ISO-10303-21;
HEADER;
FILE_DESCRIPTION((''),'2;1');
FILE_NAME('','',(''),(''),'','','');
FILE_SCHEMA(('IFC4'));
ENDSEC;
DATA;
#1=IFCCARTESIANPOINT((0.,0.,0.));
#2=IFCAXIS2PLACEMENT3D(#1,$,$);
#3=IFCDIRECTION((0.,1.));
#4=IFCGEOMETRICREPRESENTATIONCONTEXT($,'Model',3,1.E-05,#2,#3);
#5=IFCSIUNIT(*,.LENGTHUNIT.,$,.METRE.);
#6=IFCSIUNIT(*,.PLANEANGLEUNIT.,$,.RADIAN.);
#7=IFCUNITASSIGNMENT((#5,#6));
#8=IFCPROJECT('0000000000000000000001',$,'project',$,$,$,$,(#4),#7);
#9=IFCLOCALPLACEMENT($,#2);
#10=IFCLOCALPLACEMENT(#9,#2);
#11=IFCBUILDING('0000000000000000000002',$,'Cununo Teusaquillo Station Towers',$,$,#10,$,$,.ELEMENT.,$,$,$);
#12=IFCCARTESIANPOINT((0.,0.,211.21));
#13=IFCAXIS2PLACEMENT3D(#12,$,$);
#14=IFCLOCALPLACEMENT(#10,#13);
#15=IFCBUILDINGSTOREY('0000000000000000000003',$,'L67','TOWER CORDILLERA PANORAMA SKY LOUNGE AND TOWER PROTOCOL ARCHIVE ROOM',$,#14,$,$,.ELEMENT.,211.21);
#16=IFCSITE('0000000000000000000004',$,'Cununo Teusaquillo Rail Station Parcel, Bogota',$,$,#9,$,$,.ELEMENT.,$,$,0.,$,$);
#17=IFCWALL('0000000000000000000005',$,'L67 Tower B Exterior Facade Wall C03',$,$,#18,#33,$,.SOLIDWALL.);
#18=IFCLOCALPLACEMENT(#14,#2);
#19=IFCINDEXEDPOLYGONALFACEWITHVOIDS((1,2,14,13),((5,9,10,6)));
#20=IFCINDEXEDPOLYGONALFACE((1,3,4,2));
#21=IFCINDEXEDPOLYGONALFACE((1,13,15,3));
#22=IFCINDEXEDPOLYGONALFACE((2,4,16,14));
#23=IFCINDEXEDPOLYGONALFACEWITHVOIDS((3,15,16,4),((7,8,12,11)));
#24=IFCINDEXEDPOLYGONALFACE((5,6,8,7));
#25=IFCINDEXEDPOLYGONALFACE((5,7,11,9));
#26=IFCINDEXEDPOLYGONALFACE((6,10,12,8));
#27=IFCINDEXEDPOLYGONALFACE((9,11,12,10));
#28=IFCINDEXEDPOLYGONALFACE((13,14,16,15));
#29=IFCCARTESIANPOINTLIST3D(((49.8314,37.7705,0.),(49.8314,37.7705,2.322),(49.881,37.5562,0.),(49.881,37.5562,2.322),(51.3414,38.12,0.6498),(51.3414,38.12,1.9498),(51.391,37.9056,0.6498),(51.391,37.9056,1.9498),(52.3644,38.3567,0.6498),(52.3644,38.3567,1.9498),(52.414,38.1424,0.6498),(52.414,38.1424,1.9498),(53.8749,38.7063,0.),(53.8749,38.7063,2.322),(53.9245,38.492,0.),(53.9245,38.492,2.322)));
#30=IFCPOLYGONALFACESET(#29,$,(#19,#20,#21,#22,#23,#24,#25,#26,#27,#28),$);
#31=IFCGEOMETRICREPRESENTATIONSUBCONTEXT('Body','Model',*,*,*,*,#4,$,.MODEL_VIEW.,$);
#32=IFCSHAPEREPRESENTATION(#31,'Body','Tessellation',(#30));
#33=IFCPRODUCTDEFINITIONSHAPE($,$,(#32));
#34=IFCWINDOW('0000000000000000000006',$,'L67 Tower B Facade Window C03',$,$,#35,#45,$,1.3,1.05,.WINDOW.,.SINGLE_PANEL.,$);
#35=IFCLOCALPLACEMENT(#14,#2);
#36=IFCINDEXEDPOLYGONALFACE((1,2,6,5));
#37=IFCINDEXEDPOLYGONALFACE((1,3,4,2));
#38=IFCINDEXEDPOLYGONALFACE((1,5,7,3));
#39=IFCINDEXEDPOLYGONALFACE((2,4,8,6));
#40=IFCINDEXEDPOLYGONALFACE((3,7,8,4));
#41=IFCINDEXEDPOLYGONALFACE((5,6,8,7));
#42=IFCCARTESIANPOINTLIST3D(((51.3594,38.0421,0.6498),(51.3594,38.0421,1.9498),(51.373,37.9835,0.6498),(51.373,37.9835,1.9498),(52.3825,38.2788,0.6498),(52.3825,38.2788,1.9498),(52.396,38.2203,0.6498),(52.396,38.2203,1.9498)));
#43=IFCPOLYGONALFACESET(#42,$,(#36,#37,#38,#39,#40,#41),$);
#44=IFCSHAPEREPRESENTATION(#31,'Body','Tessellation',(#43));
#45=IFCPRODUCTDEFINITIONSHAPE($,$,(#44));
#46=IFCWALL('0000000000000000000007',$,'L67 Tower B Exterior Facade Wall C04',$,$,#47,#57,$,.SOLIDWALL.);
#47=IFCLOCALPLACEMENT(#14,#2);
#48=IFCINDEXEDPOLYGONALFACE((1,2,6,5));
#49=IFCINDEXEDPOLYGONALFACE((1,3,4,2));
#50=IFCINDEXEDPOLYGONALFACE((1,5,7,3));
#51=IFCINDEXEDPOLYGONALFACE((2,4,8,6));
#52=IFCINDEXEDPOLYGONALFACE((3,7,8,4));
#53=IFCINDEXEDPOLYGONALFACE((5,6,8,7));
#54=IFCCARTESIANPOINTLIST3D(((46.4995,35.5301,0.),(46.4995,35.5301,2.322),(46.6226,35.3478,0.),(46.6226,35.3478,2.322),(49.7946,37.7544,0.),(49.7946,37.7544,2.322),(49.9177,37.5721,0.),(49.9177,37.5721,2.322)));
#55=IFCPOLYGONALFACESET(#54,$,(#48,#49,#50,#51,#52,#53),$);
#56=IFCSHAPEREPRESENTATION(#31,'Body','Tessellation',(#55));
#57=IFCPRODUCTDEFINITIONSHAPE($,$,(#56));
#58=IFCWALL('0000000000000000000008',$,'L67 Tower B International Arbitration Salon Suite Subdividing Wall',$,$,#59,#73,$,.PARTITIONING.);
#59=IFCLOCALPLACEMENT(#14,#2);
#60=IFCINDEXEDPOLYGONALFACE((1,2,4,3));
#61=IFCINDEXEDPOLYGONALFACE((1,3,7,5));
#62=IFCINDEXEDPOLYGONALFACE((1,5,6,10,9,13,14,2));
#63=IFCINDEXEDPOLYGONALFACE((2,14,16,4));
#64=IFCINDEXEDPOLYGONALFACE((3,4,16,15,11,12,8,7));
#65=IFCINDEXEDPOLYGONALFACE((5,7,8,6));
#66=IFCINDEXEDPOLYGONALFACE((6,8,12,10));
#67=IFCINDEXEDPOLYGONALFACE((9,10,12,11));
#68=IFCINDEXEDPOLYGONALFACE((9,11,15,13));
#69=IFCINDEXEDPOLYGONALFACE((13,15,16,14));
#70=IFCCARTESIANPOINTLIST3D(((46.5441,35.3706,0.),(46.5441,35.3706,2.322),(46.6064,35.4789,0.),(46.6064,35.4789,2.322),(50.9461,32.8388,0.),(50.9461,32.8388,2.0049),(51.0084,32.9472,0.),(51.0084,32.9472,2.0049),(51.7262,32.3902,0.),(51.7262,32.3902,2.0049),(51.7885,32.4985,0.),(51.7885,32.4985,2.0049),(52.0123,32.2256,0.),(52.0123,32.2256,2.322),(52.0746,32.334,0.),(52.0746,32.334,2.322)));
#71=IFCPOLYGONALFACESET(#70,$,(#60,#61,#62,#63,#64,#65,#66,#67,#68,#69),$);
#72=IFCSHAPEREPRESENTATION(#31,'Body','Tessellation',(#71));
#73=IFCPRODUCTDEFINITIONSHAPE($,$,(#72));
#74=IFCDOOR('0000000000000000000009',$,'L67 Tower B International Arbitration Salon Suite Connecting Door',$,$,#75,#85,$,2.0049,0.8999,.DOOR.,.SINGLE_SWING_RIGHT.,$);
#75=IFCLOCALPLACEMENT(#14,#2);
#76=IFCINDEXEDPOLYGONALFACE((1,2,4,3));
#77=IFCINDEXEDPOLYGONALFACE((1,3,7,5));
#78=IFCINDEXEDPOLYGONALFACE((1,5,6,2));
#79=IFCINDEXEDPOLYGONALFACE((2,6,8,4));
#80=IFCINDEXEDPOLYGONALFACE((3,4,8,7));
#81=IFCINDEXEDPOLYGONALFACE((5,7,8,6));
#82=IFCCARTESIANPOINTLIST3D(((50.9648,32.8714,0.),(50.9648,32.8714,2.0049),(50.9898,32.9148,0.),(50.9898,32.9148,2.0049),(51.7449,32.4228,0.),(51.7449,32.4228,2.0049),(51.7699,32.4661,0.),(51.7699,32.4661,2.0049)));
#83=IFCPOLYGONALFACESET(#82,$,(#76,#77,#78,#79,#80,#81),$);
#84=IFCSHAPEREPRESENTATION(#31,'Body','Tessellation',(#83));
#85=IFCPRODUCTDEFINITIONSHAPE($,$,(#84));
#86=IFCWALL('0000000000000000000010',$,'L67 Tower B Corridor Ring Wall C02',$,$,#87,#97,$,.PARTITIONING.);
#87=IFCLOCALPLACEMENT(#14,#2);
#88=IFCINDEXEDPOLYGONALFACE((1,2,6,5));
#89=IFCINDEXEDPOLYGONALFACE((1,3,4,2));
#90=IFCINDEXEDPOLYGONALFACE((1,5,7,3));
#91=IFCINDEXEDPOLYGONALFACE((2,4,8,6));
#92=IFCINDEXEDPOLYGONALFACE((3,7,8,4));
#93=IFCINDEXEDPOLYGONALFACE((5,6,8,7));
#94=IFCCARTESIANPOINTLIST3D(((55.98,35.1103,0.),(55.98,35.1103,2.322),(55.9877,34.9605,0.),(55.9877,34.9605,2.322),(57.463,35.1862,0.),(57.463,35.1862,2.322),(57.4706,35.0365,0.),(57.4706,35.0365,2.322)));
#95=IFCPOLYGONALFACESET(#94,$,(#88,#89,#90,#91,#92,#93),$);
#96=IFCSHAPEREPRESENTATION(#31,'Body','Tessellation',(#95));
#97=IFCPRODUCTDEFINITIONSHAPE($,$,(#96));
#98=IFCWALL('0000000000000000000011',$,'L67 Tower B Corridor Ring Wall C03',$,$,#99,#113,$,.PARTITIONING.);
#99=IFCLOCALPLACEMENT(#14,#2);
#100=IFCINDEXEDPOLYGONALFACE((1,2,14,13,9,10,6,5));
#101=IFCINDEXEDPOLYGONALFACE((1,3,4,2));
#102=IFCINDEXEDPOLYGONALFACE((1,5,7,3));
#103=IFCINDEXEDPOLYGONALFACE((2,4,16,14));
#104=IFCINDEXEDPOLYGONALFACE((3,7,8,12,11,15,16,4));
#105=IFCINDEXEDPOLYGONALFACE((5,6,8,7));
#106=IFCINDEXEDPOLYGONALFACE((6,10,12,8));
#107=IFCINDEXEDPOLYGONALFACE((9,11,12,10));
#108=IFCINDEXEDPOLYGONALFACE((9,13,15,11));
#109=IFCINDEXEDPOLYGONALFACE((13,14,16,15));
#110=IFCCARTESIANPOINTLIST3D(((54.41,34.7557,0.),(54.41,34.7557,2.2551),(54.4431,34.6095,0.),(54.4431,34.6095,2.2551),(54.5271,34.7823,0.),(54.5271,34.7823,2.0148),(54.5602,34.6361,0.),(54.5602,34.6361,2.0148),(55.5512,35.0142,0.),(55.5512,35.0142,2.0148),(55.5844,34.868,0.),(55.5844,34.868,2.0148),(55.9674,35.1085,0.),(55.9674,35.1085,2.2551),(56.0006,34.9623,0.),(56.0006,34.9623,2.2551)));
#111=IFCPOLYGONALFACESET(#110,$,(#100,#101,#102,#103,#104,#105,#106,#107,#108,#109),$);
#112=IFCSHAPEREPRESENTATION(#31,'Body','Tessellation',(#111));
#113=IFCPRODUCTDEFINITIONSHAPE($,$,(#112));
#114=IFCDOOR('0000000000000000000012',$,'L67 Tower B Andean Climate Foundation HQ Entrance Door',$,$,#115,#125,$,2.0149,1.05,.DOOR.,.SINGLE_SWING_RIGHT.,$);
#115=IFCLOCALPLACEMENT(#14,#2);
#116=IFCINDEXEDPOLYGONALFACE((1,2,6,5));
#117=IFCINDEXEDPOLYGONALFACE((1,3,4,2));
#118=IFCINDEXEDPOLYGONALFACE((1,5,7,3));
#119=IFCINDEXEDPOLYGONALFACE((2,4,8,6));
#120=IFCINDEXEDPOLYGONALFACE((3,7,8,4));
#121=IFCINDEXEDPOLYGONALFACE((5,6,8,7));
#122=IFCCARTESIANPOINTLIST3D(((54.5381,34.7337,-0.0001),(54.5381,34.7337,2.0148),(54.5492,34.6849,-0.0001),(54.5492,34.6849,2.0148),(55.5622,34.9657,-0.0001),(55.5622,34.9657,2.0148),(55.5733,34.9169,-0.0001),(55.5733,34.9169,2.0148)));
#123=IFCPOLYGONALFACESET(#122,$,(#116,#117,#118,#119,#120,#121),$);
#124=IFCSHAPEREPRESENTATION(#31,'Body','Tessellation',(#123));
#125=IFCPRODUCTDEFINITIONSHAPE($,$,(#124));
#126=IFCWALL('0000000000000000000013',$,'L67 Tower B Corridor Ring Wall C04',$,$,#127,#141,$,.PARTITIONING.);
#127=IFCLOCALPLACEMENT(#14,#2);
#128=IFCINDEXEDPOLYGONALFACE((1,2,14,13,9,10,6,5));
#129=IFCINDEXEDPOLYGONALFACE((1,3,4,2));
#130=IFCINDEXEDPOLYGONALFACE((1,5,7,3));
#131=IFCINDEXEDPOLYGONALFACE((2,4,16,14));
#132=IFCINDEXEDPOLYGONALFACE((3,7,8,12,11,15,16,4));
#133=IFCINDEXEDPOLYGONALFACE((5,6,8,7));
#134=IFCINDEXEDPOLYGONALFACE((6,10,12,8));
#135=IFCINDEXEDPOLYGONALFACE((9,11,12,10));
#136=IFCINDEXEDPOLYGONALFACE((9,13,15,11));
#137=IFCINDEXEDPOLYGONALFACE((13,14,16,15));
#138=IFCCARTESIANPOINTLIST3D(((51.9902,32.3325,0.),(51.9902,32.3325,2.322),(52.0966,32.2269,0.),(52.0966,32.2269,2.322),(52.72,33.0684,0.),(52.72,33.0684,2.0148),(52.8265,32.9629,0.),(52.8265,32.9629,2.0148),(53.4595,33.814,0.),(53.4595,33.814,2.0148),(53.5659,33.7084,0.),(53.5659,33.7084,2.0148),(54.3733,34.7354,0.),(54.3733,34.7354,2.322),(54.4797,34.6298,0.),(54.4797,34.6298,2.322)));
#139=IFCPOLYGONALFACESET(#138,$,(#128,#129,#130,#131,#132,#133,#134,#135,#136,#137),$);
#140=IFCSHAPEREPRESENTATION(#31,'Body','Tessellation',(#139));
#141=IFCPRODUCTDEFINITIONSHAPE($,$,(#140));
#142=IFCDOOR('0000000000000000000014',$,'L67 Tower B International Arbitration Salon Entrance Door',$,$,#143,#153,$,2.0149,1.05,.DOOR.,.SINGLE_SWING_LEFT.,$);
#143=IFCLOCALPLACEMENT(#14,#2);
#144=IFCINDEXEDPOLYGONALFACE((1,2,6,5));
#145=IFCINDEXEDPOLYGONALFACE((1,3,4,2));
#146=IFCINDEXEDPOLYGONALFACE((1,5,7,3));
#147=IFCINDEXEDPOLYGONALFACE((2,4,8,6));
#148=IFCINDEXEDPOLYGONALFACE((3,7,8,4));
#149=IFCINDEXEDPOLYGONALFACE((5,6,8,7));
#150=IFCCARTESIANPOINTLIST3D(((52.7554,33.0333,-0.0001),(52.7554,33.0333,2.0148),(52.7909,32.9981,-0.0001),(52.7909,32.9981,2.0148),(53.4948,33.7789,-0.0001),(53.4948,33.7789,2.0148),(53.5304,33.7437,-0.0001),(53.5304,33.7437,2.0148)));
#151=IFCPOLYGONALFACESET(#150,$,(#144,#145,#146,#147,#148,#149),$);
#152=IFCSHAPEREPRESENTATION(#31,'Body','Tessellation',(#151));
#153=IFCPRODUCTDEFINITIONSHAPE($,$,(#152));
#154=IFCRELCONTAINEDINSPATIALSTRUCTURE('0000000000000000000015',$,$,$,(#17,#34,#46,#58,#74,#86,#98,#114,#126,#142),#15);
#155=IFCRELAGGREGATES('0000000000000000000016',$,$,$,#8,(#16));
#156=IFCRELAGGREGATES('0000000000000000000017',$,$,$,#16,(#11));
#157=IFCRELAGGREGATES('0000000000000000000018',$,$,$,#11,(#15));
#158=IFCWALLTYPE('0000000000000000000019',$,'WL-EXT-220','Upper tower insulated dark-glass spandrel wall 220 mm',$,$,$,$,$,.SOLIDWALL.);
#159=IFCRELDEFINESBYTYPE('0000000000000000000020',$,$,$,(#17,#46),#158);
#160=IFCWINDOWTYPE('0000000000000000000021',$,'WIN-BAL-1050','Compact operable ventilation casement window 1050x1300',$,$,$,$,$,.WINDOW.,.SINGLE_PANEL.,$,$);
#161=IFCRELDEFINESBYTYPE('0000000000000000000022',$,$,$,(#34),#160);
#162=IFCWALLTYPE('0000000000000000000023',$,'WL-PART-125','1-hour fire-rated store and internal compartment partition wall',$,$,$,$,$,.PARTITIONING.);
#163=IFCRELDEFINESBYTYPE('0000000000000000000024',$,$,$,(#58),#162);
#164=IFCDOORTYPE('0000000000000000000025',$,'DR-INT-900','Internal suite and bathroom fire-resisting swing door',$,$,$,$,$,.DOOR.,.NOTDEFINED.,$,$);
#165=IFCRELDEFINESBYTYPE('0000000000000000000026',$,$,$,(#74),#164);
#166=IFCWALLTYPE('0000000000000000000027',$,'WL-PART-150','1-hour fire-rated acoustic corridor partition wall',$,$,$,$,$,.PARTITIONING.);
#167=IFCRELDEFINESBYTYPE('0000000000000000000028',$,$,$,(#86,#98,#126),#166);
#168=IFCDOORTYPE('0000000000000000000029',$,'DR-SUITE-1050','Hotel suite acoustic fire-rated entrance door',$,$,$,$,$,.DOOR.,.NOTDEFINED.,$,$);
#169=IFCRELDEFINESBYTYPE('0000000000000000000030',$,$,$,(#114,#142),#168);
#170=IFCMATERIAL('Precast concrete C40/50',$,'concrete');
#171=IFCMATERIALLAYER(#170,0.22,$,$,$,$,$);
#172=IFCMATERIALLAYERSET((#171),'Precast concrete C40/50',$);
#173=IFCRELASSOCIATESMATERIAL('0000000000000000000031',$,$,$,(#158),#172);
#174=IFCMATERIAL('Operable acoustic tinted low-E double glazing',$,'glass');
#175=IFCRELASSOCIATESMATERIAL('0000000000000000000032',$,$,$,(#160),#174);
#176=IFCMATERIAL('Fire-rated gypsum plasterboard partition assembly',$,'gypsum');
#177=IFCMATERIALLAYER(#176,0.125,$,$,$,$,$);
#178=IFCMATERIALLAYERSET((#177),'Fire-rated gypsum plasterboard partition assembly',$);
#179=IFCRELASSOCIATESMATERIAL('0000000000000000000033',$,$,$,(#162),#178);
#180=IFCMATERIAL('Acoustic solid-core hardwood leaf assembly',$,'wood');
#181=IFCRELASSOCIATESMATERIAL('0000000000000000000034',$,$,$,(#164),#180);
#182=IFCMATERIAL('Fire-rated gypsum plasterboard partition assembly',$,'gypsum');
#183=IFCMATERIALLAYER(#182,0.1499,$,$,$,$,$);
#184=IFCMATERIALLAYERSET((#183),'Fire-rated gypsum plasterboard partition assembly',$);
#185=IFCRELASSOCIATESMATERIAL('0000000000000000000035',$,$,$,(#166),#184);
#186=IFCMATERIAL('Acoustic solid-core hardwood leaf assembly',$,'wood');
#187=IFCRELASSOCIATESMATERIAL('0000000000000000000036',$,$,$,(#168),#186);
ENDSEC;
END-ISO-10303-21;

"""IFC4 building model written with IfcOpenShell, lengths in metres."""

from ifc_helpers import new_model, si_unit, direction, frame, frame_2d, origin, place, context, subcontext, project, spatial, rectangle, extrude, source, transform, mapped, material, layer, layer_set, type_object, element, fill, save


model = new_model("IFC4")

# Units and contexts
model_context = context("Model", 3, precision=1e-05, world=origin(), true_north=direction((0.0, 1.0)))
body_context = subcontext(model_context, "Body", "Model", "MODEL_VIEW")
ifc_project = project(units=[si_unit("LENGTHUNIT", "METRE"), si_unit("PLANEANGLEUNIT", "RADIAN")], contexts=[model_context])

# Site, building, storey
site_placement = place(None, origin())
site = spatial("IfcSite", under=ifc_project, at=site_placement, Name="Cununo Teusaquillo Rail Station Parcel, Bogota", CompositionType="ELEMENT", RefElevation=0.0)
building_placement = place(site_placement, origin())
building = spatial("IfcBuilding", under=site, at=building_placement, Name="Cununo Teusaquillo Station Towers", CompositionType="ELEMENT")
storey_placement = place(building_placement, frame((0.0, 0.0, 211.21)))
storey = spatial("IfcBuildingStorey", under=building, at=storey_placement, Name="L67", Description="TOWER CORDILLERA PANORAMA SKY LOUNGE AND TOWER PROTOCOL ARCHIVE ROOM", CompositionType="ELEMENT", Elevation=211.21)

# Wall, opening, window
ifc_material_1 = material(Name="Precast concrete C40/50", Category="concrete")
ifc_layer_1 = layer(ifc_material_1, 0.22)
ifc_layer_set_1 = layer_set([ifc_layer_1], Name="Precast concrete C40/50")
wall_type_1 = type_object("IfcWallType", Name="WL-EXT-220", Description="Upper tower insulated dark-glass spandrel wall 220 mm", PredefinedType="SOLIDWALL", material=ifc_layer_set_1)
shared_shape_1 = source(origin(), body_context, "Body", "SweptSolid", [
    extrude(rectangle(XDim=1.05, YDim=1.3, at=frame_2d((0.5249, 0.6499))), frame((0.0, 0.1199, 0.0), z_axis=(0.0, -1.0, 0.0), x_axis=(1.0, 0.0, 0.0)), (0.0, 0.0, 1.0), 0.24),
])
ifc_material_2 = material(Name="Operable acoustic tinted low-E double glazing", Category="glass")
window_type = type_object("IfcWindowType", Name="WIN-BAL-1050", Description="Compact operable ventilation casement window 1050x1300", PartitioningType="SINGLE_PANEL", PredefinedType="WINDOW", material=ifc_material_2)
shared_shape_2 = source(origin(), body_context, "Body", "SweptSolid", [
    extrude(rectangle(XDim=1.05, YDim=1.3, at=frame_2d((0.5249, 0.6499))), frame((0.0, 0.03, 0.0), z_axis=(0.0, -1.0, 0.0), x_axis=(1.0, 0.0, 0.0)), (0.0, 0.0, 1.0), 0.0601),
])
wall_1_placement = place(storey_placement, frame((49.8562, 37.6633, 0.0), z_axis=(0.0, 0.0, 1.0), x_axis=(0.974249, 0.225474, 0.0)))
wall_1 = element("IfcWall", 1, at=wall_1_placement, inside=storey, type_object=wall_type_1, Name="L67 Tower B Exterior Facade Wall C03", PredefinedType="SOLIDWALL", context=body_context, shape_type="SweptSolid", body=[
    extrude(rectangle(XDim=4.1504, YDim=0.22, at=frame_2d((2.0752, 0.0))), origin(), (0.0, 0.0, 1.0), 2.322),
])
opening_1_placement = place(wall_1_placement, frame((1.55, 0.0, 0.6499)))
opening_1 = element("IfcOpeningElement", 2, at=opening_1_placement, cuts=wall_1, PredefinedType="OPENING", context=body_context, shape_type="MappedRepresentation", body=[
    mapped(shared_shape_1, transform((0.0, 0.0, 0.0), x_axis=(1.0, 0.0, 0.0), y_axis=(0.0, 1.0, 0.0), z_axis=(0.0, 0.0, 1.0), scale=1.0)),
])
window_1_placement = place(opening_1_placement, origin())
window_1 = element("IfcWindow", 3, at=window_1_placement, inside=storey, type_object=window_type, Name="L67 Tower B Facade Window C03", OverallHeight=1.3, OverallWidth=1.05, PartitioningType="SINGLE_PANEL", PredefinedType="WINDOW", context=body_context, shape_type="MappedRepresentation", body=[
    mapped(shared_shape_2, transform((0.0, 0.0, 0.0), x_axis=(1.0, 0.0, 0.0), y_axis=(0.0, 1.0, 0.0), z_axis=(0.0, 0.0, 1.0), scale=1.0)),
])
fill(opening_1, window_1)

# Wall
wall_2_placement = place(storey_placement, frame((46.561, 35.439, 0.0), z_axis=(0.0, 0.0, 1.0), x_axis=(0.828834, 0.559495, 0.0)))
element("IfcWall", 4, at=wall_2_placement, inside=storey, type_object=wall_type_1, Name="L67 Tower B Exterior Facade Wall C04", PredefinedType="SOLIDWALL", context=body_context, shape_type="SweptSolid", body=[
    extrude(rectangle(XDim=3.9756, YDim=0.22, at=frame_2d((1.9878, 0.0))), origin(), (0.0, 0.0, 1.0), 2.322),
])

# Wall, opening, door
ifc_material_3 = material(Name="Fire-rated gypsum plasterboard partition assembly", Category="gypsum")
ifc_layer_2 = layer(ifc_material_3, 0.125)
ifc_layer_set_2 = layer_set([ifc_layer_2], Name="Fire-rated gypsum plasterboard partition assembly")
wall_type_2 = type_object("IfcWallType", Name="WL-PART-125", Description="1-hour fire-rated store and internal compartment partition wall", PredefinedType="PARTITIONING", material=ifc_layer_set_2)
wall_3_placement = place(storey_placement, frame((52.0435, 32.2798, 0.0), z_axis=(0.0, 0.0, 1.0), x_axis=(-0.866854, 0.498563, 0.0)))
wall_3 = element("IfcWall", 5, at=wall_3_placement, inside=storey, type_object=wall_type_2, Name="L67 Tower B International Arbitration Salon Suite Subdividing Wall", PredefinedType="PARTITIONING", context=body_context, shape_type="SweptSolid", body=[
    extrude(rectangle(XDim=6.3081, YDim=0.125, at=frame_2d((3.1541, 0.0))), origin(), (0.0, 0.0, 1.0), 2.322),
])
shared_shape_3 = source(origin(), body_context, "Body", "SweptSolid", [
    extrude(rectangle(XDim=0.8999, YDim=2.0049, at=frame_2d((0.45, 1.0024))), frame((0.0, 0.0725, 0.0), z_axis=(0.0, -1.0, 0.0), x_axis=(1.0, 0.0, 0.0)), (0.0, 0.0, 1.0), 0.145),
])
opening_2_placement = place(wall_3_placement, frame((0.3301, 0.0, 0.0)))
opening_2 = element("IfcOpeningElement", 6, at=opening_2_placement, cuts=wall_3, PredefinedType="OPENING", context=body_context, shape_type="MappedRepresentation", body=[
    mapped(shared_shape_3, transform((0.0, 0.0, 0.0), x_axis=(1.0, 0.0, 0.0), y_axis=(0.0, 1.0, 0.0), z_axis=(0.0, 0.0, 1.0), scale=1.0)),
])
ifc_material_4 = material(Name="Acoustic solid-core hardwood leaf assembly", Category="wood")
door_type_1 = type_object("IfcDoorType", Name="DR-INT-900", Description="Internal suite and bathroom fire-resisting swing door", OperationType="NOTDEFINED", PredefinedType="DOOR", material=ifc_material_4)
shared_shape_4 = source(origin(), body_context, "Body", "SweptSolid", [
    extrude(rectangle(XDim=0.8999, YDim=2.0049, at=frame_2d((0.45, 1.0024))), frame((0.0, 0.0249, 0.0), z_axis=(0.0, -1.0, 0.0), x_axis=(1.0, 0.0, 0.0)), (0.0, 0.0, 1.0), 0.05),
])
door_1_placement = place(opening_2_placement, origin())
door_1 = element("IfcDoor", 7, at=door_1_placement, inside=storey, type_object=door_type_1, Name="L67 Tower B International Arbitration Salon Suite Connecting Door", OperationType="SINGLE_SWING_RIGHT", OverallHeight=2.0049, OverallWidth=0.8999, PredefinedType="DOOR", context=body_context, shape_type="MappedRepresentation", body=[
    mapped(shared_shape_4, transform((0.0, 0.0, 0.0), x_axis=(1.0, 0.0, 0.0), y_axis=(0.0, 1.0, 0.0), z_axis=(0.0, 0.0, 1.0), scale=1.0)),
])
fill(opening_2, door_1)

# Wall
ifc_material_5 = material(Name="Fire-rated gypsum plasterboard partition assembly", Category="gypsum")
ifc_layer_3 = layer(ifc_material_5, 0.1499)
ifc_layer_set_3 = layer_set([ifc_layer_3], Name="Fire-rated gypsum plasterboard partition assembly")
wall_type_3 = type_object("IfcWallType", Name="WL-PART-150", Description="1-hour fire-rated acoustic corridor partition wall", PredefinedType="PARTITIONING", material=ifc_layer_set_3)
wall_4_placement = place(storey_placement, frame((57.4668, 35.1113, 0.0), z_axis=(0.0, 0.0, 1.0), x_axis=(-0.998692, -0.051135, 0.0)))
element("IfcWall", 8, at=wall_4_placement, inside=storey, type_object=wall_type_3, Name="L67 Tower B Corridor Ring Wall C02", PredefinedType="PARTITIONING", context=body_context, shape_type="SweptSolid", body=[
    extrude(rectangle(XDim=1.4849, YDim=0.1499, at=frame_2d((0.7424, 0.0))), origin(), (0.0, 0.0, 1.0), 2.322),
])

# Walls, openings, doors
wall_5_placement = place(storey_placement, frame((55.9839, 35.0354, 0.0), z_axis=(0.0, 0.0, 1.0), x_axis=(-0.97529, -0.220927, 0.0)))
wall_5 = element("IfcWall", 9, at=wall_5_placement, inside=storey, type_object=wall_type_3, Name="L67 Tower B Corridor Ring Wall C03", PredefinedType="PARTITIONING", context=body_context, shape_type="SweptSolid", body=[
    extrude(rectangle(XDim=1.5969, YDim=0.1499, at=frame_2d((0.7983, 0.0))), origin(), (0.0, 0.0, 1.0), 2.2551),
])
shared_shape_5 = source(origin(), body_context, "Body", "SweptSolid", [
    extrude(rectangle(XDim=1.05, YDim=2.0149, at=frame_2d((0.5249, 1.0073))), frame((0.0, 0.085, 0.0), z_axis=(0.0, -1.0, 0.0), x_axis=(1.0, 0.0, 0.0)), (0.0, 0.0, 1.0), 0.1699),
])
opening_3_placement = place(wall_5_placement, frame((0.4268, 0.0, 0.0)))
opening_3 = element("IfcOpeningElement", 10, at=opening_3_placement, cuts=wall_5, PredefinedType="OPENING", context=body_context, shape_type="MappedRepresentation", body=[
    mapped(shared_shape_5, transform((0.0, 0.0, 0.0), x_axis=(1.0, 0.0, 0.0), y_axis=(0.0, 1.0, 0.0), z_axis=(0.0, 0.0, 1.0), scale=1.0)),
])
ifc_material_6 = material(Name="Acoustic solid-core hardwood leaf assembly", Category="wood")
door_type_2 = type_object("IfcDoorType", Name="DR-SUITE-1050", Description="Hotel suite acoustic fire-rated entrance door", OperationType="NOTDEFINED", PredefinedType="DOOR", material=ifc_material_6)
shared_shape_6 = source(origin(), body_context, "Body", "SweptSolid", [
    extrude(rectangle(XDim=1.05, YDim=2.0149, at=frame_2d((0.5249, 1.0073))), frame((0.0, 0.0249, 0.0), z_axis=(0.0, -1.0, 0.0), x_axis=(1.0, 0.0, 0.0)), (0.0, 0.0, 1.0), 0.05),
])
door_2_placement = place(opening_3_placement, origin())
door_2 = element("IfcDoor", 11, at=door_2_placement, inside=storey, type_object=door_type_2, Name="L67 Tower B Andean Climate Foundation HQ Entrance Door", OperationType="SINGLE_SWING_RIGHT", OverallHeight=2.0149, OverallWidth=1.05, PredefinedType="DOOR", context=body_context, shape_type="MappedRepresentation", body=[
    mapped(shared_shape_6, transform((0.0, 0.0, 0.0), x_axis=(1.0, 0.0, 0.0), y_axis=(0.0, 1.0, 0.0), z_axis=(0.0, 0.0, 1.0), scale=1.0)),
])
fill(opening_3, door_2)
wall_6_placement = place(storey_placement, frame((54.4265, 34.6826, 0.0), z_axis=(0.0, 0.0, 1.0), x_axis=(-0.704179, -0.710022, 0.0)))
wall_6 = element("IfcWall", 12, at=wall_6_placement, inside=storey, type_object=wall_type_3, Name="L67 Tower B Corridor Ring Wall C04", PredefinedType="PARTITIONING", context=body_context, shape_type="SweptSolid", body=[
    extrude(rectangle(XDim=3.3843, YDim=0.1499, at=frame_2d((1.6921, 0.0))), origin(), (0.0, 0.0, 1.0), 2.322),
])
opening_4_placement = place(wall_6_placement, frame((1.2979, 0.0, 0.0)))
opening_4 = element("IfcOpeningElement", 13, at=opening_4_placement, cuts=wall_6, PredefinedType="OPENING", context=body_context, shape_type="MappedRepresentation", body=[
    mapped(shared_shape_5, transform((0.0, 0.0, 0.0), x_axis=(1.0, 0.0, 0.0), y_axis=(0.0, 1.0, 0.0), z_axis=(0.0, 0.0, 1.0), scale=1.0)),
])
door_3_placement = place(opening_4_placement, origin())
door_3 = element("IfcDoor", 14, at=door_3_placement, inside=storey, type_object=door_type_2, Name="L67 Tower B International Arbitration Salon Entrance Door", OperationType="SINGLE_SWING_LEFT", OverallHeight=2.0149, OverallWidth=1.05, PredefinedType="DOOR", context=body_context, shape_type="MappedRepresentation", body=[
    mapped(shared_shape_6, transform((0.0, 0.0, 0.0), x_axis=(1.0, 0.0, 0.0), y_axis=(0.0, 1.0, 0.0), z_axis=(0.0, 0.0, 1.0), scale=1.0)),
])
fill(opening_4, door_3)

save(model, "model.ifc")
